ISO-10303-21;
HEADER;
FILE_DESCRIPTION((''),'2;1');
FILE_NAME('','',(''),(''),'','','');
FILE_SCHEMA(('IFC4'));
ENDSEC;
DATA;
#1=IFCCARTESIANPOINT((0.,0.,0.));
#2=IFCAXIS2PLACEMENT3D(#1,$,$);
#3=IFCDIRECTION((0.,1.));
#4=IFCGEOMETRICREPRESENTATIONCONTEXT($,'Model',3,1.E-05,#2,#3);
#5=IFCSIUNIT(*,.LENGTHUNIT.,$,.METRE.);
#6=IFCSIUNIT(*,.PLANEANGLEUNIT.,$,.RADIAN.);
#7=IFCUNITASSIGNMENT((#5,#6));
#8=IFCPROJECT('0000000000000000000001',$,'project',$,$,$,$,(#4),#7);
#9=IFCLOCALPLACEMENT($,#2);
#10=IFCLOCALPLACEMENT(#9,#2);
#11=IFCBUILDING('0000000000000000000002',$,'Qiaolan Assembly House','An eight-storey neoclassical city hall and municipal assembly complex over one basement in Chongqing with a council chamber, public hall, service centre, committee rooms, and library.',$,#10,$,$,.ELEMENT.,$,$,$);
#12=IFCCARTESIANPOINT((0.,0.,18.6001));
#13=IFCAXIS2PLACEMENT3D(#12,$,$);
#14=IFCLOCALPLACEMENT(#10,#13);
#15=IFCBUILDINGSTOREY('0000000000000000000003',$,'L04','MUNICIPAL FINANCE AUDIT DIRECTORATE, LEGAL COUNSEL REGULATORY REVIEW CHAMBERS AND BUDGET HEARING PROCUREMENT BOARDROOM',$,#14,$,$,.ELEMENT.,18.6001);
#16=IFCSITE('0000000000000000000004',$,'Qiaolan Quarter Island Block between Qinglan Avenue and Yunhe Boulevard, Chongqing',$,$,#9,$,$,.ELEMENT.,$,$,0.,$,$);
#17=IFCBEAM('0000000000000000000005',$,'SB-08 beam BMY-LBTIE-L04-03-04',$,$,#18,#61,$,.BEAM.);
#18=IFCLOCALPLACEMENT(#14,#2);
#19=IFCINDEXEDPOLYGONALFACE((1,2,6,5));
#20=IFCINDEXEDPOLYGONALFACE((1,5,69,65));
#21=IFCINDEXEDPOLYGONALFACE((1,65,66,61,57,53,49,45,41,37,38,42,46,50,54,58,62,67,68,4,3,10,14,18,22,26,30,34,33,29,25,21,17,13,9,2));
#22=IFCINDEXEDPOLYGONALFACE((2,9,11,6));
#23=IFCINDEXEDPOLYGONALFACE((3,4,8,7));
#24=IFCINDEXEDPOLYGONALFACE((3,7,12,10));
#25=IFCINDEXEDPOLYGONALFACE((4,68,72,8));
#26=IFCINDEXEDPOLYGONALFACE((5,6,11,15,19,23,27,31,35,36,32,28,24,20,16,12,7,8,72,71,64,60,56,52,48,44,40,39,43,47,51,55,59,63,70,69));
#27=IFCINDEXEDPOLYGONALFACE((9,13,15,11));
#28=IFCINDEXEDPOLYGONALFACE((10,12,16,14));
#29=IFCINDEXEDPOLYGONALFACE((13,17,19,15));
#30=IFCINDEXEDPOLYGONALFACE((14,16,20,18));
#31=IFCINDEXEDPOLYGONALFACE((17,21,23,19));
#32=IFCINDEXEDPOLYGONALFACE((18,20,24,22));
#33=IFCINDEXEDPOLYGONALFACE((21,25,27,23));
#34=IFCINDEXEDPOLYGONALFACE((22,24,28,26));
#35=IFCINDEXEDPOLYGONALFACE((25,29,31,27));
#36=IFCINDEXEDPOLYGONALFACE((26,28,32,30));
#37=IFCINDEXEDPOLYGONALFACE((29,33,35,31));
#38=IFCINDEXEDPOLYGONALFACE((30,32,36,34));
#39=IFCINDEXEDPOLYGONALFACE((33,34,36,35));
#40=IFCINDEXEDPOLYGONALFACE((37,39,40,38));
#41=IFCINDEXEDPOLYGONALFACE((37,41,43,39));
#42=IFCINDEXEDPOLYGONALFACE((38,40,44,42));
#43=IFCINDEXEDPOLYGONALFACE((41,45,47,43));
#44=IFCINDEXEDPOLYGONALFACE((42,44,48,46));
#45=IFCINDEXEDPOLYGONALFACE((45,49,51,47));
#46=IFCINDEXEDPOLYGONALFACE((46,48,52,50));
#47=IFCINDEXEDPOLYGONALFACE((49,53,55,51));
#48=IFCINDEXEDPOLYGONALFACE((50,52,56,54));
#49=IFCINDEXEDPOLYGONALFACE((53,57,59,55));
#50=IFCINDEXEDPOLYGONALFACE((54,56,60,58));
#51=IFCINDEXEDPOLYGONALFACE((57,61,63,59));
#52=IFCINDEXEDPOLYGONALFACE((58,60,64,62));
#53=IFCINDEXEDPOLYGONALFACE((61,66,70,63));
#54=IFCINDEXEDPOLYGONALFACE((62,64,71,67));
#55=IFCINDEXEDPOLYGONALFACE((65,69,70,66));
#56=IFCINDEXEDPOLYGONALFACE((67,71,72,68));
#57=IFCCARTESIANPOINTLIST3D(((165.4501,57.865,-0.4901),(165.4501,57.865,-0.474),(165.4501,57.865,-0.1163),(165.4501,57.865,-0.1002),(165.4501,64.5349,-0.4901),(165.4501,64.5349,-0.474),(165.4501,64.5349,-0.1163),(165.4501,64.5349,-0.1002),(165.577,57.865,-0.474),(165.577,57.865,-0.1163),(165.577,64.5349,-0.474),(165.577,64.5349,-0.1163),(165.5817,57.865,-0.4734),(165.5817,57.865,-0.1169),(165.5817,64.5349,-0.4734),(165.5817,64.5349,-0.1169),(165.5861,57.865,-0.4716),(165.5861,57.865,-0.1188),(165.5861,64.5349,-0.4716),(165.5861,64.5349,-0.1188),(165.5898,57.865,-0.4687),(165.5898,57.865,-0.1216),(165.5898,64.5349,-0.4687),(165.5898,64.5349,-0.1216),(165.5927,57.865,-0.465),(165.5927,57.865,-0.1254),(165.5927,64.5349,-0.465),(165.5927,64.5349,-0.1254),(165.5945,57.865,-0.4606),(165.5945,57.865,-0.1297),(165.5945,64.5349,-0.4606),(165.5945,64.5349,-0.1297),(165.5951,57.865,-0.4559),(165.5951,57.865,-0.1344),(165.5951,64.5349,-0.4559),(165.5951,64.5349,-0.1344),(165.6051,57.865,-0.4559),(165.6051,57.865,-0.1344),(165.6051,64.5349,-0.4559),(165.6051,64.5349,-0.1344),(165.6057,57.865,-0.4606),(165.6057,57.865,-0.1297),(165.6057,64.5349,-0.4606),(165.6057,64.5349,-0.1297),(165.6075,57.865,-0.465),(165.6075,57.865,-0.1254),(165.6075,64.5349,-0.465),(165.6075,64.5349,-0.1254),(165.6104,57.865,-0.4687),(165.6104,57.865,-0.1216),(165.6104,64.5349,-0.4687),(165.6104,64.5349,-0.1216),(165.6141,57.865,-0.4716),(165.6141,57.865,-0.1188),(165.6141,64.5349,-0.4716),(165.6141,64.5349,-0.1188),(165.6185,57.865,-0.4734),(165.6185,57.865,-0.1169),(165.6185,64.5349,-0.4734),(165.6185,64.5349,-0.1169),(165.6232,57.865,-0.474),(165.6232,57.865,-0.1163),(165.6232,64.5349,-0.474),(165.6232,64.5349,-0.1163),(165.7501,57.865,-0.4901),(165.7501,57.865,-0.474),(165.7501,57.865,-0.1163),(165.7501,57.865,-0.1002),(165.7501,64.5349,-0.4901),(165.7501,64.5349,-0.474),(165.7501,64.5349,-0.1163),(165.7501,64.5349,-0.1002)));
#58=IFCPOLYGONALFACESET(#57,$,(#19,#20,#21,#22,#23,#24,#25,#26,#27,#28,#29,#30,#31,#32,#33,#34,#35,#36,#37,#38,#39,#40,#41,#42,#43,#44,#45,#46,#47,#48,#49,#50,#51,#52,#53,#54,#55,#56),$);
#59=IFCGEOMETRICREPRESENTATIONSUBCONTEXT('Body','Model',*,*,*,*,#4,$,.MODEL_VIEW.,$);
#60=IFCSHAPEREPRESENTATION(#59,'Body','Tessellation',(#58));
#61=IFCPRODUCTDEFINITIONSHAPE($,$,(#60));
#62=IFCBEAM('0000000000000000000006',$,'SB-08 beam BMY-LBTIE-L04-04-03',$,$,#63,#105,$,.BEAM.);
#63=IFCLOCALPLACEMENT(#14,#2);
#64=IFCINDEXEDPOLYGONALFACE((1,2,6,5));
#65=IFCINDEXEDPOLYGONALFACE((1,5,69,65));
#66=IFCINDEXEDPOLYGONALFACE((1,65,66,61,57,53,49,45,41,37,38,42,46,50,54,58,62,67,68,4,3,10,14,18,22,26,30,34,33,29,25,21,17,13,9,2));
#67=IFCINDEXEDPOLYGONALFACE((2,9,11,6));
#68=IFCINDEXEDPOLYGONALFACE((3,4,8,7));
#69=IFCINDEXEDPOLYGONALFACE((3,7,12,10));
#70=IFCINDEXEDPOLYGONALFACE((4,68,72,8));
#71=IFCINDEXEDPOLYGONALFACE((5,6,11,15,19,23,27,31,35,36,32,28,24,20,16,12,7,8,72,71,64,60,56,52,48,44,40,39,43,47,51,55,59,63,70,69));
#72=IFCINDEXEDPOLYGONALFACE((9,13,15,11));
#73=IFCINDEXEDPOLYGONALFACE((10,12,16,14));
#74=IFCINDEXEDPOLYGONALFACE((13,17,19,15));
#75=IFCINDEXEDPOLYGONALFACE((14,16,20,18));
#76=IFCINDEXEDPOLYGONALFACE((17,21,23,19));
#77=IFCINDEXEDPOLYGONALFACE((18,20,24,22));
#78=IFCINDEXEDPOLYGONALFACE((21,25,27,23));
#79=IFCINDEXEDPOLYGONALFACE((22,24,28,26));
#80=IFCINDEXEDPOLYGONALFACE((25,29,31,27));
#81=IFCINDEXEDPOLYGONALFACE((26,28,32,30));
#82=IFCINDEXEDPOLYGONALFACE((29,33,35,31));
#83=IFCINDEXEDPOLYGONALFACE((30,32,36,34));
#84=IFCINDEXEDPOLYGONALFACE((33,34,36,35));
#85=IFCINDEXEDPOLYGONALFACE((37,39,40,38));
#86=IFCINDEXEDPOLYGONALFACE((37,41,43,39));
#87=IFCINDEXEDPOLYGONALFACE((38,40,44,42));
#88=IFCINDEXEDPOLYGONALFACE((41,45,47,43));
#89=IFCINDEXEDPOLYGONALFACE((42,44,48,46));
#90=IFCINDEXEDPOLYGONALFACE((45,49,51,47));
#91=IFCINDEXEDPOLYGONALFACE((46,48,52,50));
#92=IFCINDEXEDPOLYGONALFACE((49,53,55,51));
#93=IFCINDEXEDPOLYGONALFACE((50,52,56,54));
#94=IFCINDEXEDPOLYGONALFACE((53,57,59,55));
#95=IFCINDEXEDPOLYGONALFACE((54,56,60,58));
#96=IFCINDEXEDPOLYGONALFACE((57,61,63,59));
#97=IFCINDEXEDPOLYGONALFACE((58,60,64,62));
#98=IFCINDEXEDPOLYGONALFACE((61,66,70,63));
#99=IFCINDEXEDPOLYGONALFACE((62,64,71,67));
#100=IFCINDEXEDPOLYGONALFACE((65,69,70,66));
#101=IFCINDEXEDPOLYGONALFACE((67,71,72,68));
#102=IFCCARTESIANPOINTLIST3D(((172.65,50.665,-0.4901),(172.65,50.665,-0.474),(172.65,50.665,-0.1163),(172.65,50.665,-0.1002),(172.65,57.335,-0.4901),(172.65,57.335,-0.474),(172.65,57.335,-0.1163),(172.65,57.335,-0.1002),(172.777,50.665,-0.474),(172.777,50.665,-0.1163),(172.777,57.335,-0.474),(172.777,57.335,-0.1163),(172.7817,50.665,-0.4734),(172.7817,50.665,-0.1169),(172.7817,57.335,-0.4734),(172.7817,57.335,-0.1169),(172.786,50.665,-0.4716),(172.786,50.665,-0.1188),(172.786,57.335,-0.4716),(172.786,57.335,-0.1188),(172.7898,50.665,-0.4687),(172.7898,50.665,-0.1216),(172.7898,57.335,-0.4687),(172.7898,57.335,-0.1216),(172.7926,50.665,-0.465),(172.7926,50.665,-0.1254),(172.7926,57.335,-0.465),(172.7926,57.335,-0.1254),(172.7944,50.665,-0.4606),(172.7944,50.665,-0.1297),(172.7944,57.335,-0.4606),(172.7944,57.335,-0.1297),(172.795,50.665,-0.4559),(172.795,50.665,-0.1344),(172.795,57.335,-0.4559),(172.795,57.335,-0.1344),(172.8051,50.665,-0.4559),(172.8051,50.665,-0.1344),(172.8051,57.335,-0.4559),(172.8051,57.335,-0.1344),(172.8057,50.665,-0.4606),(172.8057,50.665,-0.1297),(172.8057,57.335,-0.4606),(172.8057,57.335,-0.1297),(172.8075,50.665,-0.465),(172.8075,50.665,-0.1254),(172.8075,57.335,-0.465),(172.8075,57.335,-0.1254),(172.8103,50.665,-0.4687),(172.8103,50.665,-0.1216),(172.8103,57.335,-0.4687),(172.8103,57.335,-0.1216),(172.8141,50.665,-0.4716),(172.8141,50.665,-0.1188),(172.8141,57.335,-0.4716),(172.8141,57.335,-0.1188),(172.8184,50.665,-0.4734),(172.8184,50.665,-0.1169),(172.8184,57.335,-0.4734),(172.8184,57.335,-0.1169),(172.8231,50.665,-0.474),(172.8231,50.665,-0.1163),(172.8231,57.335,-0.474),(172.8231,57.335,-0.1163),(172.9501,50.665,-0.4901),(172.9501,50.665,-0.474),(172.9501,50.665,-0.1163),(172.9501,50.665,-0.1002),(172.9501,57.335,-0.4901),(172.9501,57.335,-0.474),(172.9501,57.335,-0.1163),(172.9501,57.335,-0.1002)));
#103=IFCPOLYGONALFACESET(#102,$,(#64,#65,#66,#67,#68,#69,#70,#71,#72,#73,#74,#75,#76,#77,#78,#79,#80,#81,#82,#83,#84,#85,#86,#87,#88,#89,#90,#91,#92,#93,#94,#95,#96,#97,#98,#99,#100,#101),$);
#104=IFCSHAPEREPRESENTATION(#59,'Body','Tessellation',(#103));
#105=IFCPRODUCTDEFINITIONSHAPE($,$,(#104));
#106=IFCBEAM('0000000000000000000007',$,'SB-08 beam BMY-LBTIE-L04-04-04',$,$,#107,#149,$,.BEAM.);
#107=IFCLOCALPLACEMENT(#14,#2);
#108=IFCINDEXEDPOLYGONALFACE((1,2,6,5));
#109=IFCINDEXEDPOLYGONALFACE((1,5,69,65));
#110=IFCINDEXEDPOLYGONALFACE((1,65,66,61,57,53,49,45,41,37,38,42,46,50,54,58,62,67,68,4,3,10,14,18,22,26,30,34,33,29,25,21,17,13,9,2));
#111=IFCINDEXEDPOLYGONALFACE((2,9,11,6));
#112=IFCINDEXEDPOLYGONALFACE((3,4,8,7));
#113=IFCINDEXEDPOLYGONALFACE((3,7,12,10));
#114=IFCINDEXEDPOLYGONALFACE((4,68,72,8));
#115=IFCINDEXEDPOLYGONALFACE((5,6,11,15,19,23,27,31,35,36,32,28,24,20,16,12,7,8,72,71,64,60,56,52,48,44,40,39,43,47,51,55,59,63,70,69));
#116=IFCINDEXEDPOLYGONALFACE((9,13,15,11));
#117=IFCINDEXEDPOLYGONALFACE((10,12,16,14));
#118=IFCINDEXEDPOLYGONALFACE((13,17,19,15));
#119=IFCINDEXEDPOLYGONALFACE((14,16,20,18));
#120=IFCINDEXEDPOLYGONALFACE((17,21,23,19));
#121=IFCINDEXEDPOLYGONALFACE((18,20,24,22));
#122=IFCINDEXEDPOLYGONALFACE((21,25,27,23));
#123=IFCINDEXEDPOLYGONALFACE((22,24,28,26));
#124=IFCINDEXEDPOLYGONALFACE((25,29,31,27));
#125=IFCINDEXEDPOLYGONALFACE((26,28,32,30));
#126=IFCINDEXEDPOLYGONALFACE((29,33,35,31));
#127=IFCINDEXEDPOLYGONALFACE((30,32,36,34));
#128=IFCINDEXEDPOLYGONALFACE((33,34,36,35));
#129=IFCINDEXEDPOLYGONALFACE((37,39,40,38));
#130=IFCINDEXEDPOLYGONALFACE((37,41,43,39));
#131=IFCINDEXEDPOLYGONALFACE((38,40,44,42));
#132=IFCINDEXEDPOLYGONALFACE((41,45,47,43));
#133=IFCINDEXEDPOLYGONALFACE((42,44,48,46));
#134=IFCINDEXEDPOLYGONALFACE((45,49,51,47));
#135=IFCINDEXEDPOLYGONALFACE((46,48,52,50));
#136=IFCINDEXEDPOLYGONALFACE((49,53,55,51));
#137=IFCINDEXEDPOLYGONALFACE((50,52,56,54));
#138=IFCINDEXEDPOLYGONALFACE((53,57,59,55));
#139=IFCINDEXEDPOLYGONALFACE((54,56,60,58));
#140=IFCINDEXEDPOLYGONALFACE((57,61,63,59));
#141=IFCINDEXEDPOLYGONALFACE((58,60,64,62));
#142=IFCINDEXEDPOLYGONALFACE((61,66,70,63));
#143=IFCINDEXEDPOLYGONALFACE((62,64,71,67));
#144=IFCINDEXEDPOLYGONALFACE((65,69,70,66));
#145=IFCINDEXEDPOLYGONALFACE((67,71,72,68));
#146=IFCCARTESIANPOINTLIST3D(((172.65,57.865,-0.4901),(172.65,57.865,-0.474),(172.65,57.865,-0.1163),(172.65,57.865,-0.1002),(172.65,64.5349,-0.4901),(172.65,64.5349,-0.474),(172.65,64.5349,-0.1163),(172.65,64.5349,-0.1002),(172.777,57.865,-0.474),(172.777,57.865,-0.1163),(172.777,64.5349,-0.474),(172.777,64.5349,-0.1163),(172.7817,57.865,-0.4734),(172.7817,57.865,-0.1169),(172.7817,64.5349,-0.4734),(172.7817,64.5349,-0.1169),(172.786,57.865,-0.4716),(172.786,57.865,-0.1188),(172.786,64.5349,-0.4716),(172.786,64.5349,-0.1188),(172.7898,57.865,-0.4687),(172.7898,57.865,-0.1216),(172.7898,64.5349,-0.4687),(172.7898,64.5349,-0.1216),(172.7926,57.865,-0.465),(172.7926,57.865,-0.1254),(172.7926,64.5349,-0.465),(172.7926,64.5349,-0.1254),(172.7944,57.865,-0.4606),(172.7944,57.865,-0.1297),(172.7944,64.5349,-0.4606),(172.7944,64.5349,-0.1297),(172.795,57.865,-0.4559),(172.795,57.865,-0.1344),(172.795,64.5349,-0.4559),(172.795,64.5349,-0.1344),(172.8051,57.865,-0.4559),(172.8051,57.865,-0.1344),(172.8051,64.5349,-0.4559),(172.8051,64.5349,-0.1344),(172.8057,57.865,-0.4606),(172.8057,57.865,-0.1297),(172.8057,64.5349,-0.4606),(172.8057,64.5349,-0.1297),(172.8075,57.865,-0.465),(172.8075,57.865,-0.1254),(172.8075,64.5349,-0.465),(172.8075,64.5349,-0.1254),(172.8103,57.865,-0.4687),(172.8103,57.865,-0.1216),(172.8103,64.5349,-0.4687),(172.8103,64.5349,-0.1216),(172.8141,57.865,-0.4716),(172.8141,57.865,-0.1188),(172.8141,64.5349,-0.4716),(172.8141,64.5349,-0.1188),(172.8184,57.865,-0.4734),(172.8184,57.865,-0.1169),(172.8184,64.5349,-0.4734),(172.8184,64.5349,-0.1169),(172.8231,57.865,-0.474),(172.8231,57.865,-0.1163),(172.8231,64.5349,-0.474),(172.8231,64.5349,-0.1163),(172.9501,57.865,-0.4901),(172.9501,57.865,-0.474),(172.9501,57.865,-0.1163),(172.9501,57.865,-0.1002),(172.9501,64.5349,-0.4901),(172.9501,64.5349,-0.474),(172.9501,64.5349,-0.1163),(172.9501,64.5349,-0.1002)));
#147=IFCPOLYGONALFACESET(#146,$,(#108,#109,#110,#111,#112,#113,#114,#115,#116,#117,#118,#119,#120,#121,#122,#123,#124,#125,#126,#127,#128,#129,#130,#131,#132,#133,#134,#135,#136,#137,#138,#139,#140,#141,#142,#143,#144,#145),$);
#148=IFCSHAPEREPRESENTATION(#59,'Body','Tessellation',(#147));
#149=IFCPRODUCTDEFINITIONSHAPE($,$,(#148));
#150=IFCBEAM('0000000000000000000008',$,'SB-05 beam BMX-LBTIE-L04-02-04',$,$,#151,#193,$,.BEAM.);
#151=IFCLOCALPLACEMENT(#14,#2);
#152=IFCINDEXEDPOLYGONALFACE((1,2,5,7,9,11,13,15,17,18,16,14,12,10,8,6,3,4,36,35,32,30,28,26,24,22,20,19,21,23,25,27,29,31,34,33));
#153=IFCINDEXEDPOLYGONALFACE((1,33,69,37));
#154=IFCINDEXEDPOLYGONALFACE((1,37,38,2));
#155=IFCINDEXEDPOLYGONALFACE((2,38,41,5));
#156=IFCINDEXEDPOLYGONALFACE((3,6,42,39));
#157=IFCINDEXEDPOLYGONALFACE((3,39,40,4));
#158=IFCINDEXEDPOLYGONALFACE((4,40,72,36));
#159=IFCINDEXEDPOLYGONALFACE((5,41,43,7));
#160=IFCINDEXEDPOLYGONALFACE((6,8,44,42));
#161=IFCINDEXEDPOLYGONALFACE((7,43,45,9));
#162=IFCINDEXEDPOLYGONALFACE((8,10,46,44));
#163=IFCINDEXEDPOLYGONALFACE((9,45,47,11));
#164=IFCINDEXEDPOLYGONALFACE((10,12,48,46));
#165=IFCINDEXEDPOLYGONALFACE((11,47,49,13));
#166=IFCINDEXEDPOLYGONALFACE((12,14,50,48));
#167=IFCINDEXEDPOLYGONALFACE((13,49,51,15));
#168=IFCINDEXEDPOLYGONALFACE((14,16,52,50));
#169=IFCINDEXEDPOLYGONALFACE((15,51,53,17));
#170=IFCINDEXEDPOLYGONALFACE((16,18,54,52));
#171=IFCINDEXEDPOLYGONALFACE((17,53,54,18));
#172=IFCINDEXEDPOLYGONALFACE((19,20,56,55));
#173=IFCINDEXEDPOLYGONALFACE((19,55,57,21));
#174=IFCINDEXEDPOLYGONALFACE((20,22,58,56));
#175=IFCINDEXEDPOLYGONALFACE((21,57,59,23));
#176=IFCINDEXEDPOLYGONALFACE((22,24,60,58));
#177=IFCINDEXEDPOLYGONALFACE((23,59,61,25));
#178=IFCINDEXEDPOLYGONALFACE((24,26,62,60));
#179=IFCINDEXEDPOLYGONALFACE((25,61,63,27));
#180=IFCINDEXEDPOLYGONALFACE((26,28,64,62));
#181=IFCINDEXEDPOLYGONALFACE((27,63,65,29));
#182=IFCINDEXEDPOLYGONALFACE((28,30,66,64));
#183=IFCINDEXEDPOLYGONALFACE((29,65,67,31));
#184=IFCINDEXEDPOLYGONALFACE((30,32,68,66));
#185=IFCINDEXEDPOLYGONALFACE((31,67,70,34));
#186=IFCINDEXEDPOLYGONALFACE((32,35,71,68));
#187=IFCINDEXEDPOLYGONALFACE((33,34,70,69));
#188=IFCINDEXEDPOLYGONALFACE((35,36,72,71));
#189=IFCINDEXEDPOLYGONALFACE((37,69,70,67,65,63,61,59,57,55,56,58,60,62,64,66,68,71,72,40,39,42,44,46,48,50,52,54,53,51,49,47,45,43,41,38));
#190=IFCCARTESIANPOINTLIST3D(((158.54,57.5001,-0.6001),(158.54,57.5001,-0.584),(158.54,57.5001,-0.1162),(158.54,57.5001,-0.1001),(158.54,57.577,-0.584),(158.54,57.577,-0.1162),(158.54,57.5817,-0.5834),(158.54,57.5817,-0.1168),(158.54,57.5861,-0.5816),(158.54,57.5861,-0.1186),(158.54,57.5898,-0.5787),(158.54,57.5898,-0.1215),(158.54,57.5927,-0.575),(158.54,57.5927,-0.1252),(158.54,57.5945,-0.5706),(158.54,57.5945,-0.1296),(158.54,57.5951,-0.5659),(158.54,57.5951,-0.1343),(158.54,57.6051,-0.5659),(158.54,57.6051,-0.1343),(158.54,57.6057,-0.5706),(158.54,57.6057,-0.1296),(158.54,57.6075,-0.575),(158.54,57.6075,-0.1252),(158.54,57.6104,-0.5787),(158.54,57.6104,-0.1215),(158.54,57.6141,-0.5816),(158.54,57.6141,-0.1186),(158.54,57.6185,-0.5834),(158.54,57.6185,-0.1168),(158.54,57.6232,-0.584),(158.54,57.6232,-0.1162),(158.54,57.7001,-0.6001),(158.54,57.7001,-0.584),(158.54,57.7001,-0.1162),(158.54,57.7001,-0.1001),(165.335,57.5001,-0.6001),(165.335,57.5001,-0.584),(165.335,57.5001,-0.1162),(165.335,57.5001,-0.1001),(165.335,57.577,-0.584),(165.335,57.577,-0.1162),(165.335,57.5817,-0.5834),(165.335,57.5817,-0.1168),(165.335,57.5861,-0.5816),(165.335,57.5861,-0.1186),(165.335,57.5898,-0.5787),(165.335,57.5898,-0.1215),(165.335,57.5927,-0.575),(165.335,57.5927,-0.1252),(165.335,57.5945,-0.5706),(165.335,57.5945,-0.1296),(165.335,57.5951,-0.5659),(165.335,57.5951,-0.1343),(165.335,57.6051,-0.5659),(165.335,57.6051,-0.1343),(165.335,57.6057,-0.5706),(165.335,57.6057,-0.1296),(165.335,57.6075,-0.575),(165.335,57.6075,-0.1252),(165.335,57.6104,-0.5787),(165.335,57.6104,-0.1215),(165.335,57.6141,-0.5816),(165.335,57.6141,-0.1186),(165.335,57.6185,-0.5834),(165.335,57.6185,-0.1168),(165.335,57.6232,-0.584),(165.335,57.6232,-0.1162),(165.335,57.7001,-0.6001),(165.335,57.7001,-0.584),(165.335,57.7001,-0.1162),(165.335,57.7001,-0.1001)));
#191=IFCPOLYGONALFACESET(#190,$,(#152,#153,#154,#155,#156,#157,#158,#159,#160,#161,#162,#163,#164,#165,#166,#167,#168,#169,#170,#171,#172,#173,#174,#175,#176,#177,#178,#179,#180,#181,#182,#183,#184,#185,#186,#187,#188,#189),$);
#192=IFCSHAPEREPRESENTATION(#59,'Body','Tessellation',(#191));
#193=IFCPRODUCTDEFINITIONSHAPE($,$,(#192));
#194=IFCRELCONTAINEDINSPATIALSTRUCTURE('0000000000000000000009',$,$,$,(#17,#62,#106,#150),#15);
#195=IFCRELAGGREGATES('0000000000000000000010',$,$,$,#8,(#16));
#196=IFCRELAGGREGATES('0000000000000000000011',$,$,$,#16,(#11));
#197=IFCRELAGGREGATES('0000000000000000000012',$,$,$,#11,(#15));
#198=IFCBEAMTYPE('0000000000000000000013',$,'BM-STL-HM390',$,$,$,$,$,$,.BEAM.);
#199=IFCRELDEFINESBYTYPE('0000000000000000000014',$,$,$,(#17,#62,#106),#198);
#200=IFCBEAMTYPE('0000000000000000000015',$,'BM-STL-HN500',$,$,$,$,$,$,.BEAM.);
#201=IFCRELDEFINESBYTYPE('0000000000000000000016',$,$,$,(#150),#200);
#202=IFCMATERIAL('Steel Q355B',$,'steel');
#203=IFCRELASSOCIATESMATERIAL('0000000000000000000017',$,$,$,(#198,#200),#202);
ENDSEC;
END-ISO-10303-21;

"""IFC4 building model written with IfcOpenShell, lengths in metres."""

from ifc_helpers import new_model, si_unit, direction, frame, origin, origin_2d, place, context, subcontext, project, spatial, i_section, extrude, material, material_profile, profile_set, type_object, element, save


model = new_model("IFC4")

# Units and contexts
model_context = context("Model", 3, precision=1e-05, world=origin(), true_north=direction((0.0, 1.0)))
body_context = subcontext(model_context, "Body", "Model", "MODEL_VIEW")
ifc_project = project(units=[si_unit("LENGTHUNIT", "METRE"), si_unit("PLANEANGLEUNIT", "RADIAN")], contexts=[model_context])

# Site, building, storey
site_placement = place(None, origin())
site = spatial("IfcSite", under=ifc_project, at=site_placement, Name="Qiaolan Quarter Island Block between Qinglan Avenue and Yunhe Boulevard, Chongqing", CompositionType="ELEMENT", RefElevation=0.0)
building_placement = place(site_placement, origin())
building = spatial("IfcBuilding", under=site, at=building_placement, Name="Qiaolan Assembly House", Description="An eight-storey neoclassical city hall and municipal assembly complex over one basement in Chongqing with a council chamber, public hall, service centre, committee rooms, and library.", CompositionType="ELEMENT")
storey_placement = place(building_placement, frame((0.0, 0.0, 18.6001)))
storey = spatial("IfcBuildingStorey", under=building, at=storey_placement, Name="L04", Description="MUNICIPAL FINANCE AUDIT DIRECTORATE, LEGAL COUNSEL REGULATORY REVIEW CHAMBERS AND BUDGET HEARING PROCUREMENT BOARDROOM", CompositionType="ELEMENT", Elevation=18.6001)

# Shared definitions
ifc_material = material(Name="Steel Q355B", Category="steel")

# Beams
ifc_material_profile_1 = material_profile(ifc_material, i_section(OverallWidth=0.3, OverallDepth=0.3899, WebThickness=0.01, FlangeThickness=0.0161, FilletRadius=0.0181, at=origin_2d()), Name="HM 390x300x10x16")
ifc_profile_set_1 = profile_set([ifc_material_profile_1], Name="Steel Q355B")
beam_type_1 = type_object("IfcBeamType", Name="BM-STL-HM390", PredefinedType="BEAM", material=ifc_profile_set_1)
for number, where, z_axis, x_axis, name in (
    (1, (165.6001, 57.865, -0.2952), (0.0, 1.0, 0.0), (-1.0, 0.0, 0.0), "SB-08 beam BMY-LBTIE-L04-03-04"),
    (2, (172.8, 50.665, -0.2952), (0.0, 1.0, 0.0), (-1.0, 0.0, 0.0), "SB-08 beam BMY-LBTIE-L04-04-03"),
    (3, (172.8, 57.865, -0.2952), (0.0, 1.0, 0.0), (-1.0, 0.0, 0.0), "SB-08 beam BMY-LBTIE-L04-04-04"),
):
    element("IfcBeam", number, at=place(storey_placement, frame(where, z_axis=z_axis, x_axis=x_axis)), inside=storey, type_object=beam_type_1, Name=name, PredefinedType="BEAM", context=body_context, shape_type="SweptSolid", body=[
        extrude(i_section(OverallWidth=0.3, OverallDepth=0.3899, WebThickness=0.01, FlangeThickness=0.0161, FilletRadius=0.0181, at=origin_2d()), origin(), (0.0, 0.0, 1.0), 6.6699),
    ])
ifc_material_profile_2 = material_profile(ifc_material, i_section(OverallWidth=0.2, OverallDepth=0.5, WebThickness=0.01, FlangeThickness=0.0161, FilletRadius=0.0181, at=origin_2d()), Name="HN 500x200x10x16")
ifc_profile_set_2 = profile_set([ifc_material_profile_2], Name="Steel Q355B")
beam_type_2 = type_object("IfcBeamType", Name="BM-STL-HN500", PredefinedType="BEAM", material=ifc_profile_set_2)
beam_1_placement = place(storey_placement, frame((158.54, 57.6001, -0.3501), z_axis=(1.0, 0.0, 0.0), x_axis=(0.0, 1.0, 0.0)))
element("IfcBeam", 4, at=beam_1_placement, inside=storey, type_object=beam_type_2, Name="SB-05 beam BMX-LBTIE-L04-02-04", PredefinedType="BEAM", context=body_context, shape_type="SweptSolid", body=[
    extrude(i_section(OverallWidth=0.2, OverallDepth=0.5, WebThickness=0.01, FlangeThickness=0.0161, FilletRadius=0.0181, at=origin_2d()), origin(), (0.0, 0.0, 1.0), 6.7949),
])

save(model, "model.ifc")
